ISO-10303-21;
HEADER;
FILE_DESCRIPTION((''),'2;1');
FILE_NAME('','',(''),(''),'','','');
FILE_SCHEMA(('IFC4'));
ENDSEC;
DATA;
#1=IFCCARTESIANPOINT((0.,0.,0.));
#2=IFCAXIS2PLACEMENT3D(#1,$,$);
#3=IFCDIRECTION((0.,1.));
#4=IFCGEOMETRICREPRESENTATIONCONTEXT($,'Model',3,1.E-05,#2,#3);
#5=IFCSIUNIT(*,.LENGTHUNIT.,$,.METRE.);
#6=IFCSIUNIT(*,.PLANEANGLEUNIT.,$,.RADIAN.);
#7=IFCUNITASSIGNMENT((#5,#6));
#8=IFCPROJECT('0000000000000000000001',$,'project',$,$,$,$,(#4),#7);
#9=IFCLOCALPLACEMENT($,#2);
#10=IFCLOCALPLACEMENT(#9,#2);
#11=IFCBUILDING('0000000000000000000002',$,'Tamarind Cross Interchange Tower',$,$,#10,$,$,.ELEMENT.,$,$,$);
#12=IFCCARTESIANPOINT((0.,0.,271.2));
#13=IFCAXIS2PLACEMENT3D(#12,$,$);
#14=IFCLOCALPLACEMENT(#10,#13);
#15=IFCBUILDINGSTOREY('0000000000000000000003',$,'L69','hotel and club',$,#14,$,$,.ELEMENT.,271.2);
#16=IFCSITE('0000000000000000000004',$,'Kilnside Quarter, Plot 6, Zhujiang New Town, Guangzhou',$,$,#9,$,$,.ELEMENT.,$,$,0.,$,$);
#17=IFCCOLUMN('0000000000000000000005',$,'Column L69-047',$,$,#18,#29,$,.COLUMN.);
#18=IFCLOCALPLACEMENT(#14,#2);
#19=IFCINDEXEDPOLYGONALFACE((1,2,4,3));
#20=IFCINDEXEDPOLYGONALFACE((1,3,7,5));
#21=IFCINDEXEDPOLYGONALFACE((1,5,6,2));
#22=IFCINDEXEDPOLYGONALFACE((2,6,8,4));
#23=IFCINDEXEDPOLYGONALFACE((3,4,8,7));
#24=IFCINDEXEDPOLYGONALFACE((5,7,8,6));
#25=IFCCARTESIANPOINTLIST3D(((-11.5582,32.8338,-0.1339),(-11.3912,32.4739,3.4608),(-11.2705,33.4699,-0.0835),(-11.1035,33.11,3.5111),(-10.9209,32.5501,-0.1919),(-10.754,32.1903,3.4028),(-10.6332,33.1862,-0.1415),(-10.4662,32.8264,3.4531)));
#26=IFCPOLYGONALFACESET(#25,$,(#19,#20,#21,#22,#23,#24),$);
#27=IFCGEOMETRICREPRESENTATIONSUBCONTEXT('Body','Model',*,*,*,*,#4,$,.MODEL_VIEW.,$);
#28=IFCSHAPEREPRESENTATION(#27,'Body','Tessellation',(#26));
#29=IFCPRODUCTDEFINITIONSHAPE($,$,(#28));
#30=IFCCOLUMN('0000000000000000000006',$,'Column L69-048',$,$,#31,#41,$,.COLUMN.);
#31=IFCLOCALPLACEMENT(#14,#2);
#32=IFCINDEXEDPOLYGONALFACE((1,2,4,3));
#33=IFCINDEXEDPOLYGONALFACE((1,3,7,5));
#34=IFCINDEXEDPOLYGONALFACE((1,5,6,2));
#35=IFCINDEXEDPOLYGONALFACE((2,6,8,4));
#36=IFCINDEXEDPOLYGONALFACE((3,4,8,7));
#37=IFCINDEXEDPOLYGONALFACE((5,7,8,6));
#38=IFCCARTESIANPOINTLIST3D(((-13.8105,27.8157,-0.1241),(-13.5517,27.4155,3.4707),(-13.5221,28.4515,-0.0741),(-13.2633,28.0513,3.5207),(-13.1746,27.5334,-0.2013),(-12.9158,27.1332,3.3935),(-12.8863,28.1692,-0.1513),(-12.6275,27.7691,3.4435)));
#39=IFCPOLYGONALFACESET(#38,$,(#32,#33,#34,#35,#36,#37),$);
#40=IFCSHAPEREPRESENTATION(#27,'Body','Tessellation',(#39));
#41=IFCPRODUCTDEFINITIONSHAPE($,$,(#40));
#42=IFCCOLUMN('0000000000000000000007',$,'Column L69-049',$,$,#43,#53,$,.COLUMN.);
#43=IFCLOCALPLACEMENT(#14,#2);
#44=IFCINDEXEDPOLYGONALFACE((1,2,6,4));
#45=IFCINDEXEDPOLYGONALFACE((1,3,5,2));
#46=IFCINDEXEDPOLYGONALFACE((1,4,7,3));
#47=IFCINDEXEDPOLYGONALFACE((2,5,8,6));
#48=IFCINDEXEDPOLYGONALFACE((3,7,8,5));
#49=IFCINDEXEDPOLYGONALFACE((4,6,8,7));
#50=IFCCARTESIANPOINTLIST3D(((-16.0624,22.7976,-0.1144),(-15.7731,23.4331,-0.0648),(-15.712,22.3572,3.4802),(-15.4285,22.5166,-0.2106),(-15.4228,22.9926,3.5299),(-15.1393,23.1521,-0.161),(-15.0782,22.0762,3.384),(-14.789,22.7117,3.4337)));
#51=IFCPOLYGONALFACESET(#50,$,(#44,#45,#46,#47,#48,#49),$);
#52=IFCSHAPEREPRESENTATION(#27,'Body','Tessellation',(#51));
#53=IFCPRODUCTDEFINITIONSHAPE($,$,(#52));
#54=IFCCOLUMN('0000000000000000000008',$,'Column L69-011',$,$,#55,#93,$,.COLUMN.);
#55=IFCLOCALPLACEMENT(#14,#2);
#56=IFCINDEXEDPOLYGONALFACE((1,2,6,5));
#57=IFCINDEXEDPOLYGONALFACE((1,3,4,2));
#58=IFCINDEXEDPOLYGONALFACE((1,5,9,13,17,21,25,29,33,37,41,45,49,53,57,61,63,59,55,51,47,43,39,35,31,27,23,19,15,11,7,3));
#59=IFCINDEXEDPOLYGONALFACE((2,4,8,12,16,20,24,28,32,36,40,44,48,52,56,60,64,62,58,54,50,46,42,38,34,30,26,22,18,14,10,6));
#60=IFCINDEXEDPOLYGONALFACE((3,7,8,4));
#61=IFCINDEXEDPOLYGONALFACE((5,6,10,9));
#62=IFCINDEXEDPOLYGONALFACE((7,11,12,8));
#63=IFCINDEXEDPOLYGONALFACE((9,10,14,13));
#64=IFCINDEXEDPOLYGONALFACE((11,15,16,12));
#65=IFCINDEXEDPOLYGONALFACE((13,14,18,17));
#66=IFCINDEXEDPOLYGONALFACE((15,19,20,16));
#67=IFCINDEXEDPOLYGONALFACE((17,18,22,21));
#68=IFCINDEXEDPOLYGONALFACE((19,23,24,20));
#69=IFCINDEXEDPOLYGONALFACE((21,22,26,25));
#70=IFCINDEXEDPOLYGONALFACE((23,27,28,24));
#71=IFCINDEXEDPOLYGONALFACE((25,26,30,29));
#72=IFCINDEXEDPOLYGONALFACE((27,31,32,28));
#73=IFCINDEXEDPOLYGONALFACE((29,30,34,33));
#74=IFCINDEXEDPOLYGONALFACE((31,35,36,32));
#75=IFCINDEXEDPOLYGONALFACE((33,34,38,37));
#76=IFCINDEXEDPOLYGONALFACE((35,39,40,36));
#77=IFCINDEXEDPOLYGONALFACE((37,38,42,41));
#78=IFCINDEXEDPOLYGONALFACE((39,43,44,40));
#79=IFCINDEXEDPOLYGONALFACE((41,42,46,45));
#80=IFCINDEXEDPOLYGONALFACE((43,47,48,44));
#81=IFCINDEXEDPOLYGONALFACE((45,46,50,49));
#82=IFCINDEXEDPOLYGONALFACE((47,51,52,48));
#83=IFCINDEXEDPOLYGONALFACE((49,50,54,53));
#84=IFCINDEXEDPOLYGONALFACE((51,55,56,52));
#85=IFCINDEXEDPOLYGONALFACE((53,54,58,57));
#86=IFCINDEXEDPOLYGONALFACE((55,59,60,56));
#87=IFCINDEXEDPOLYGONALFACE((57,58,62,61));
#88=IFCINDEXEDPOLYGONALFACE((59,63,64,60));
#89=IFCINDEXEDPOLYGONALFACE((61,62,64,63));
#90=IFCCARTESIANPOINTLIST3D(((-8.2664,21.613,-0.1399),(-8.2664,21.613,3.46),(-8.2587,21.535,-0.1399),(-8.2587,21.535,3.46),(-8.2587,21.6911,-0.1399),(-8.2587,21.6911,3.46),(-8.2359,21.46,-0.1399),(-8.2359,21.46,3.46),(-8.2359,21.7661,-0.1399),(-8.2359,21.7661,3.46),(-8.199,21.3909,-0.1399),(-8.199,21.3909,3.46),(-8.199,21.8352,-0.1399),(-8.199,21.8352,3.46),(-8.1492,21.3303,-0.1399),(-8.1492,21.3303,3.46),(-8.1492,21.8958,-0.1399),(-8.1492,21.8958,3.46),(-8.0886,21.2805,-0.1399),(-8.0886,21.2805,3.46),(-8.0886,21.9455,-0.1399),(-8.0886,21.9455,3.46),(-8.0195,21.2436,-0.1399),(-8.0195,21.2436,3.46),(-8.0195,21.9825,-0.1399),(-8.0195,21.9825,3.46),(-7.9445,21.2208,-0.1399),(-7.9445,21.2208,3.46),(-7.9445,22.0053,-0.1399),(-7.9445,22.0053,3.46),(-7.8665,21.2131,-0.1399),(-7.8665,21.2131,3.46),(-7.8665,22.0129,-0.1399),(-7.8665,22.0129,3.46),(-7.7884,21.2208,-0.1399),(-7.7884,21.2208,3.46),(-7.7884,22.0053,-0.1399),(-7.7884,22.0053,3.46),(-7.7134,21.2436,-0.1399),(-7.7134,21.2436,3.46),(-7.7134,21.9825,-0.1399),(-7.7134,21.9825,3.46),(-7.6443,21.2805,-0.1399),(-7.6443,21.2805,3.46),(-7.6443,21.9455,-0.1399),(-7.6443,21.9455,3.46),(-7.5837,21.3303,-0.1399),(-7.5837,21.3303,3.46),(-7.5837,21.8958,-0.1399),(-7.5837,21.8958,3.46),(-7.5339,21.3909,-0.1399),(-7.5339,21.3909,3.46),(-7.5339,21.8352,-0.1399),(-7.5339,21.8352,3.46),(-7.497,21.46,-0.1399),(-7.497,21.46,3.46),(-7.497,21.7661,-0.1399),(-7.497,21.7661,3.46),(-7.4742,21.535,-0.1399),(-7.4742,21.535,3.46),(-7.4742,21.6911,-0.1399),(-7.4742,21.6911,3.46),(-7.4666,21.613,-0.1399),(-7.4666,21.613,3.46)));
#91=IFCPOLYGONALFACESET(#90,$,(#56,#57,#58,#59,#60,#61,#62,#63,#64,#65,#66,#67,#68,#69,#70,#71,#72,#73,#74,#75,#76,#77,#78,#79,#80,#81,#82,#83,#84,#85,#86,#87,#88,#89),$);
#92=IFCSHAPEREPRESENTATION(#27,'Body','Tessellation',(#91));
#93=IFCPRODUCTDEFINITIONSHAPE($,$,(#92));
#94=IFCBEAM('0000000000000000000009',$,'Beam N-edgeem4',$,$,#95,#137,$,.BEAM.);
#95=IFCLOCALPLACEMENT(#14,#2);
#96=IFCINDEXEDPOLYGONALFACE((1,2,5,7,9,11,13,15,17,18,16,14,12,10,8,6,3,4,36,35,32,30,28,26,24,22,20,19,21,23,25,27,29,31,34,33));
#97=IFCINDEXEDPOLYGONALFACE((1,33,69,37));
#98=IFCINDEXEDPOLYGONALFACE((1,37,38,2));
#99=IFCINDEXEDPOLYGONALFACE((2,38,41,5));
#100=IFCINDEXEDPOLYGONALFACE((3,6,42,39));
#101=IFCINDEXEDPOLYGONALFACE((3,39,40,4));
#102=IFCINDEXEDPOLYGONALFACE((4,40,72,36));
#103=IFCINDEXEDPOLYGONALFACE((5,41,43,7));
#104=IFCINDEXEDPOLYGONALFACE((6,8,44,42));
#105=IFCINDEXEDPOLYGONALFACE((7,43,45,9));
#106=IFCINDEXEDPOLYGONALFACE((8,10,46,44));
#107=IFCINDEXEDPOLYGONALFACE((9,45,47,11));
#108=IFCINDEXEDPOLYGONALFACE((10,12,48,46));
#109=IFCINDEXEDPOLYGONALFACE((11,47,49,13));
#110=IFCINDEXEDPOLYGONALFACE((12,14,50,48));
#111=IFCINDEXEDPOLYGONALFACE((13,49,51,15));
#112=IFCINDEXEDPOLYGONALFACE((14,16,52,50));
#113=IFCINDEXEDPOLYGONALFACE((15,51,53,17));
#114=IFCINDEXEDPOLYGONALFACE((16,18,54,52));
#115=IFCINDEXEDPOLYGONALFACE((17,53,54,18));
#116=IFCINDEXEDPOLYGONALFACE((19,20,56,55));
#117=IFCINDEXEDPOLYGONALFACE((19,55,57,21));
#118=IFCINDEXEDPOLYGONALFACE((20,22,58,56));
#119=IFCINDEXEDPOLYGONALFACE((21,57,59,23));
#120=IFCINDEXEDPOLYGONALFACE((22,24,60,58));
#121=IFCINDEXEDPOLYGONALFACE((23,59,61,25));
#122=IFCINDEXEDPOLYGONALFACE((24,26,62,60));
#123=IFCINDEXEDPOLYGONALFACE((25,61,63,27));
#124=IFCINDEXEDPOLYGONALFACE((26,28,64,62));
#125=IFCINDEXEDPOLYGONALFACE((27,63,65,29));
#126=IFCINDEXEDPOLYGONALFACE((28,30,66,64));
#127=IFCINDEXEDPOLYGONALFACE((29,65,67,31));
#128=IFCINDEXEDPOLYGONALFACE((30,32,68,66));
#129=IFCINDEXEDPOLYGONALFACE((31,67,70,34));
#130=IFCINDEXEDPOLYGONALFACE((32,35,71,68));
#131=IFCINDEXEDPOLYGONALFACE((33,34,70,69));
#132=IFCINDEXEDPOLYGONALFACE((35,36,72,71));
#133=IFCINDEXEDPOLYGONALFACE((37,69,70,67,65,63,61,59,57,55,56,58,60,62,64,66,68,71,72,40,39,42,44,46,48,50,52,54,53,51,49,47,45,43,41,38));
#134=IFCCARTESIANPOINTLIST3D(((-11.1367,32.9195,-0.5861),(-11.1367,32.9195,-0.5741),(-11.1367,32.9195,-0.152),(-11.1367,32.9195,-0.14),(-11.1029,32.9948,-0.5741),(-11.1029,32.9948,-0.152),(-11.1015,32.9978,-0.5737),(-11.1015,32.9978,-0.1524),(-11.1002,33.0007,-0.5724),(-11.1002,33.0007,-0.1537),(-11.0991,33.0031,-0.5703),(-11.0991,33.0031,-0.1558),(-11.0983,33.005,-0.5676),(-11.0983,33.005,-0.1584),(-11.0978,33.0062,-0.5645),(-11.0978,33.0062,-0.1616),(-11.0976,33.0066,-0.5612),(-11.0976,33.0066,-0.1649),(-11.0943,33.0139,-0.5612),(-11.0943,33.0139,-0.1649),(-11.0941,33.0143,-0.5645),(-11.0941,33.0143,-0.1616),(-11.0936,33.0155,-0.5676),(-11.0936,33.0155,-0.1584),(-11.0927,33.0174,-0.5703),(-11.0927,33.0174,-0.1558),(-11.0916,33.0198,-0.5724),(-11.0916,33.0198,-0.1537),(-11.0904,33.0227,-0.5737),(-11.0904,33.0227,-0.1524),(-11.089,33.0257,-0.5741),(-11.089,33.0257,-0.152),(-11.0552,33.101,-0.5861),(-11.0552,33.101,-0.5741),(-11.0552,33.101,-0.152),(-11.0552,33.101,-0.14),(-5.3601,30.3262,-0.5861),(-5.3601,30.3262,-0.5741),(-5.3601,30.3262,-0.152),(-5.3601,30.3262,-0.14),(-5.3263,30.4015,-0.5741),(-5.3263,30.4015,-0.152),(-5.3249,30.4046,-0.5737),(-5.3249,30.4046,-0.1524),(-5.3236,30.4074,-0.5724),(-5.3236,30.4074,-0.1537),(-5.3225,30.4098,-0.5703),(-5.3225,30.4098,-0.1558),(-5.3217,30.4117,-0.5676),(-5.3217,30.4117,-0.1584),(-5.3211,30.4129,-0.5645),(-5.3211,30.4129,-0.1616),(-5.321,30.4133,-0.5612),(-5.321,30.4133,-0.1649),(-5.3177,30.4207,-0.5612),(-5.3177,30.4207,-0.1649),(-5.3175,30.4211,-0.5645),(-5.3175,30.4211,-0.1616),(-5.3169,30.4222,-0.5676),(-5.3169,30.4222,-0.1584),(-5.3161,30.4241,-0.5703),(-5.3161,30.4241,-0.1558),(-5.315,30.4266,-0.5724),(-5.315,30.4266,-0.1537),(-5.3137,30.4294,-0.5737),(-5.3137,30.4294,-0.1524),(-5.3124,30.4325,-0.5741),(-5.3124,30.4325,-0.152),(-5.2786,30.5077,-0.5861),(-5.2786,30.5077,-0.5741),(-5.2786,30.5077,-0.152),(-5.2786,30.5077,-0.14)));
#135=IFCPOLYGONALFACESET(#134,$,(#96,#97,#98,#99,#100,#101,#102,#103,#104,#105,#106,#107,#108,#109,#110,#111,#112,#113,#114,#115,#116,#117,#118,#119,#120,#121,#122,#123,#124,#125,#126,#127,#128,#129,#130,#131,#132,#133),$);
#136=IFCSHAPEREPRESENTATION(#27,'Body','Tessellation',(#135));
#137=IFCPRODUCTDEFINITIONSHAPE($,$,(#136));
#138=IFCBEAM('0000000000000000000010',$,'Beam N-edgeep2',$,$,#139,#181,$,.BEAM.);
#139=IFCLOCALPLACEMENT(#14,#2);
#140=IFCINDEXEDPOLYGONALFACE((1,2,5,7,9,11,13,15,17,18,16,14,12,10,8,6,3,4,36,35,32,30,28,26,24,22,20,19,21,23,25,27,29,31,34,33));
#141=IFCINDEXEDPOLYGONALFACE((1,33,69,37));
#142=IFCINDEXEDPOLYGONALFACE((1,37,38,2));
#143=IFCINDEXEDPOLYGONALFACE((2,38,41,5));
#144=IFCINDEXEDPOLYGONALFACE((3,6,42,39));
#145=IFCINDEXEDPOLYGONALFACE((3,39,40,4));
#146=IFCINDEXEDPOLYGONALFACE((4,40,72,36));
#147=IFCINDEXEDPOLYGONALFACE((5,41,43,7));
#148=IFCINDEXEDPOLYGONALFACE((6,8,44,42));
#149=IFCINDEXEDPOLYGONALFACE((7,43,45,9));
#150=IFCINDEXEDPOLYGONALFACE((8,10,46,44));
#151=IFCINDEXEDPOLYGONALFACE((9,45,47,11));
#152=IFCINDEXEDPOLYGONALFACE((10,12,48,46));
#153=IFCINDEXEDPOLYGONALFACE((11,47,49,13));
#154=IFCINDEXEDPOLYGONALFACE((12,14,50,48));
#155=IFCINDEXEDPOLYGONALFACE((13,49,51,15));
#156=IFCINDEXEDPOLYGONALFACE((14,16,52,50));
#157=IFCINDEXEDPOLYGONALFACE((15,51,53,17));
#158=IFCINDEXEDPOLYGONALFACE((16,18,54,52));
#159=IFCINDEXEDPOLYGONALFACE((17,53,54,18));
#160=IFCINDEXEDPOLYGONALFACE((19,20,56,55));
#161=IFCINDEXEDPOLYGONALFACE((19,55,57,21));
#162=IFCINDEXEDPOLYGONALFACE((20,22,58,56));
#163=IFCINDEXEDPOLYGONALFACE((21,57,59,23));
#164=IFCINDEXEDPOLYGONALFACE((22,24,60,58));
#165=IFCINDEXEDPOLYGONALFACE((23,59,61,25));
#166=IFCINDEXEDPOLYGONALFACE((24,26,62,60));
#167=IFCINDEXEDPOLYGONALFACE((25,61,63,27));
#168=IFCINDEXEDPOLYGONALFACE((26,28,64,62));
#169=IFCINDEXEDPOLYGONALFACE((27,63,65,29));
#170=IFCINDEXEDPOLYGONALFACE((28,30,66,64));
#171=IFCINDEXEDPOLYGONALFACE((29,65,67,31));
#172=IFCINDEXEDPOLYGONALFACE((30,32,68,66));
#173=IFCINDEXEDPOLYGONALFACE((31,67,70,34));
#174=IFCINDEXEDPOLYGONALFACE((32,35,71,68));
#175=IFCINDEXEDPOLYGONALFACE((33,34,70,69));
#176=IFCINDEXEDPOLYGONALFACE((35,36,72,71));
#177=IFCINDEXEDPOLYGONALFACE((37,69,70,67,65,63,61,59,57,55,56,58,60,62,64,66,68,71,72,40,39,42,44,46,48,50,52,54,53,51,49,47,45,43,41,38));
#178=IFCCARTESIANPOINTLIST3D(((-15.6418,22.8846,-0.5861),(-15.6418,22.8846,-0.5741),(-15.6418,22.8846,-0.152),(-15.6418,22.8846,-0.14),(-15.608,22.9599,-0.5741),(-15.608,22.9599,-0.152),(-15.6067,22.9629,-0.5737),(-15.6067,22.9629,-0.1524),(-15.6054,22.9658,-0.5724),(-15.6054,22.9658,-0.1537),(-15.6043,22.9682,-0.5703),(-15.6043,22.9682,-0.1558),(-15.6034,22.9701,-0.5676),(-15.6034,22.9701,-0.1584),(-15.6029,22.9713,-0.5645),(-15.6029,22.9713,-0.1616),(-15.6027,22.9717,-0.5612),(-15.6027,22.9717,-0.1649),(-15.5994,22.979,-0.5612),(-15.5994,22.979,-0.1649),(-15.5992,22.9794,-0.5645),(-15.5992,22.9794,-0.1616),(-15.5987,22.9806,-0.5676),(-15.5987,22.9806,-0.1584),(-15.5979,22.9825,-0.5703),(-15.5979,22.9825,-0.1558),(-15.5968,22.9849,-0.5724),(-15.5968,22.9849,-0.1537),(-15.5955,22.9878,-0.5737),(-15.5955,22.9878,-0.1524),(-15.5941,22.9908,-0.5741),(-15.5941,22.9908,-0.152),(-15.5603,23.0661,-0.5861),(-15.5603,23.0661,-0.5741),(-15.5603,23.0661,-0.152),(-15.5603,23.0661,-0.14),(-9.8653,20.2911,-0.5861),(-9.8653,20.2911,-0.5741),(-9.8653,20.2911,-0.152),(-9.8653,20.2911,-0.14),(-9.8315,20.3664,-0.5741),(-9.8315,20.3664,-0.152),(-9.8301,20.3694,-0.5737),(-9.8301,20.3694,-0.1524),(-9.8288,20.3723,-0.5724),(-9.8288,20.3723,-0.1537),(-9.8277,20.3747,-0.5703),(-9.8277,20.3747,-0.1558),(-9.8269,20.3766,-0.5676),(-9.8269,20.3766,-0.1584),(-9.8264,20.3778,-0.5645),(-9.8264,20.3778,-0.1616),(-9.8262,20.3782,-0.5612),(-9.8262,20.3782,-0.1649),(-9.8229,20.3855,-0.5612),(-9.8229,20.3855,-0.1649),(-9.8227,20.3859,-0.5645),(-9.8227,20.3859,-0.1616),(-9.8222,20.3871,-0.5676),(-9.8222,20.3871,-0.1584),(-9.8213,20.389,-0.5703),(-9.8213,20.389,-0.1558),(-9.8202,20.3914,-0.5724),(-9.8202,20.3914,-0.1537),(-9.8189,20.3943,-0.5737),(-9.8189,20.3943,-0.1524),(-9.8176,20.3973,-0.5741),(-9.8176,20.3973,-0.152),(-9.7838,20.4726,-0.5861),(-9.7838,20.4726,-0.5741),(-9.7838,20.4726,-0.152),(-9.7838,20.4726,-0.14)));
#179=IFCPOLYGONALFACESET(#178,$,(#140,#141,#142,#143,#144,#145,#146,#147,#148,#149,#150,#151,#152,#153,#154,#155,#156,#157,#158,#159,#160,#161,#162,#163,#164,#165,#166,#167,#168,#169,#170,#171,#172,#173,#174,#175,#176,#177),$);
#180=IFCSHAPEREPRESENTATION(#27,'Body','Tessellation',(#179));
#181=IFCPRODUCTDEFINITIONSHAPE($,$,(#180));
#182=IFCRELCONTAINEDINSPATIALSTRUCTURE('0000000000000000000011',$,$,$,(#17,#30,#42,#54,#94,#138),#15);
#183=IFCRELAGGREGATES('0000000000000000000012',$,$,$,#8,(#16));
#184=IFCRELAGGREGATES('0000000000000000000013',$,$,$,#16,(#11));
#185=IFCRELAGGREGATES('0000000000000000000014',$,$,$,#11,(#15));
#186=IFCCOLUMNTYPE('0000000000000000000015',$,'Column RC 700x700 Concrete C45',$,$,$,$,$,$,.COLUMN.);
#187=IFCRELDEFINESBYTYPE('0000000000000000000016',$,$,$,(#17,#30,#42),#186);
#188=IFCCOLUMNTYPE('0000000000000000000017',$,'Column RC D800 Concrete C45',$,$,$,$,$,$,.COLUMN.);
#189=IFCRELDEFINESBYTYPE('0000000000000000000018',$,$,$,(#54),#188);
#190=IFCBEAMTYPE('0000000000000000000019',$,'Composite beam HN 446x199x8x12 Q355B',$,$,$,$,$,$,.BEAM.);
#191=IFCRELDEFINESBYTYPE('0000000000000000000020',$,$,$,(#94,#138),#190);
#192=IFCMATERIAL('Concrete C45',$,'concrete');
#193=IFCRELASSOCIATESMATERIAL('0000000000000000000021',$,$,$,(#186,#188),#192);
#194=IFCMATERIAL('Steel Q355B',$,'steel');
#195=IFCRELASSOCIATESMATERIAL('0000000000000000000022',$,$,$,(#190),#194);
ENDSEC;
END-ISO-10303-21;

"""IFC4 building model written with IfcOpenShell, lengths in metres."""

from ifc_helpers import new_model, si_unit, direction, frame, origin, origin_2d, place, context, subcontext, project, spatial, rectangle, circle, i_section, extrude, material, material_profile, profile_set, type_object, element, save


model = new_model("IFC4")

# Units and contexts
model_context = context("Model", 3, precision=1e-05, world=origin(), true_north=direction((0.0, 1.0)))
body_context = subcontext(model_context, "Body", "Model", "MODEL_VIEW")
ifc_project = project(units=[si_unit("LENGTHUNIT", "METRE"), si_unit("PLANEANGLEUNIT", "RADIAN")], contexts=[model_context])

# Site, building, storey
site_placement = place(None, origin())
site = spatial("IfcSite", under=ifc_project, at=site_placement, Name="Kilnside Quarter, Plot 6, Zhujiang New Town, Guangzhou", CompositionType="ELEMENT", RefElevation=0.0)
building_placement = place(site_placement, origin())
building = spatial("IfcBuilding", under=site, at=building_placement, Name="Tamarind Cross Interchange Tower", CompositionType="ELEMENT")
storey_placement = place(building_placement, frame((0.0, 0.0, 271.2)))
storey = spatial("IfcBuildingStorey", under=building, at=storey_placement, Name="L69", Description="hotel and club", CompositionType="ELEMENT", Elevation=271.2)

# Columns
ifc_material_1 = material(Name="Concrete C45", Category="concrete")
ifc_material_profile_1 = material_profile(ifc_material_1, rectangle(XDim=0.7, YDim=0.7, at=origin_2d()), Name="RC 700x700")
ifc_profile_set_1 = profile_set([ifc_material_profile_1], Name="Concrete C45")
column_type_1 = type_object("IfcColumnType", Name="Column RC 700x700 Concrete C45", PredefinedType="COLUMN", material=ifc_profile_set_1)
column_1_placement = place(storey_placement, frame((-11.0957, 33.01, -0.1377), z_axis=(0.046174, -0.099505, 0.993965), x_axis=(0.411078, 0.908762, 0.071878)))
element("IfcColumn", 1, at=column_1_placement, inside=storey, type_object=column_type_1, Name="Column L69-047", PredefinedType="COLUMN", context=body_context, shape_type="SweptSolid", body=[
    extrude(rectangle(XDim=0.7, YDim=0.7, at=origin_2d()), origin(), (0.0, 0.0, 1.0), 3.6165),
])
column_2_placement = place(storey_placement, frame((-13.3484, 27.9924, -0.1377), z_axis=(0.071367, -0.110349, 0.991327), x_axis=(0.411951, 0.9084, 0.071462)))
element("IfcColumn", 2, at=column_2_placement, inside=storey, type_object=column_type_1, Name="Column L69-048", PredefinedType="COLUMN", context=body_context, shape_type="SweptSolid", body=[
    extrude(rectangle(XDim=0.7, YDim=0.7, at=origin_2d()), origin(), (0.0, 0.0, 1.0), 3.6262),
])
column_3_placement = place(storey_placement, frame((-15.6008, 22.9749, -0.1377), z_axis=(0.096287, -0.121047, 0.987966), x_axis=(0.413174, 0.907883, 0.070967)))
element("IfcColumn", 3, at=column_3_placement, inside=storey, type_object=column_type_1, Name="Column L69-049", PredefinedType="COLUMN", context=body_context, shape_type="SweptSolid", body=[
    extrude(rectangle(XDim=0.7, YDim=0.7, at=origin_2d()), origin(), (0.0, 0.0, 1.0), 3.6384),
])
ifc_material_profile_2 = material_profile(ifc_material_1, circle(Radius=0.3999, at=origin_2d()), Name="RC D800")
ifc_profile_set_2 = profile_set([ifc_material_profile_2], Name="Concrete C45")
column_type_2 = type_object("IfcColumnType", Name="Column RC D800 Concrete C45", PredefinedType="COLUMN", material=ifc_profile_set_2)
column_4_placement = place(storey_placement, frame((-7.8665, 21.613, -0.1399), z_axis=(0.0, 0.0, 1.0), x_axis=(1.0, 0.0, 0.0)))
element("IfcColumn", 4, at=column_4_placement, inside=storey, type_object=column_type_2, Name="Column L69-011", PredefinedType="COLUMN", context=body_context, shape_type="SweptSolid", body=[
    extrude(circle(Radius=0.3999, at=origin_2d()), origin(), (0.0, 0.0, 1.0), 3.5999),
])

# Beams
ifc_material_2 = material(Name="Steel Q355B", Category="steel")
ifc_material_profile_3 = material_profile(ifc_material_2, i_section(OverallWidth=0.199, OverallDepth=0.446, WebThickness=0.0081, FlangeThickness=0.012, FilletRadius=0.0129, at=origin_2d()), Name="HN 446x199x8x12")
ifc_profile_set_3 = profile_set([ifc_material_profile_3], Name="Steel Q355B")
beam_type_1 = type_object("IfcBeamType", Name="Composite beam HN 446x199x8x12 Q355B", PredefinedType="BEAM", material=ifc_profile_set_3)
for number, where, z_axis, x_axis, name in (
    (5, (-11.0959, 33.0103, -0.363), (0.912288, -0.409548, 0.0), (0.409548, 0.912288, 0.0), "Beam N-edgeem4"),
    (6, (-15.6011, 22.9753, -0.363), (0.912274, -0.409581, 0.0), (0.409581, 0.912274, 0.0), "Beam N-edgeep2"),
):
    element("IfcBeam", number, at=place(storey_placement, frame(where, z_axis=z_axis, x_axis=x_axis)), inside=storey, type_object=beam_type_1, Name=name, PredefinedType="BEAM", context=body_context, shape_type="SweptSolid", body=[
        extrude(i_section(OverallWidth=0.199, OverallDepth=0.446, WebThickness=0.0081, FlangeThickness=0.012, FilletRadius=0.0129, at=origin_2d()), origin(), (0.0, 0.0, 1.0), 6.332),
    ])

save(model, "model.ifc")
